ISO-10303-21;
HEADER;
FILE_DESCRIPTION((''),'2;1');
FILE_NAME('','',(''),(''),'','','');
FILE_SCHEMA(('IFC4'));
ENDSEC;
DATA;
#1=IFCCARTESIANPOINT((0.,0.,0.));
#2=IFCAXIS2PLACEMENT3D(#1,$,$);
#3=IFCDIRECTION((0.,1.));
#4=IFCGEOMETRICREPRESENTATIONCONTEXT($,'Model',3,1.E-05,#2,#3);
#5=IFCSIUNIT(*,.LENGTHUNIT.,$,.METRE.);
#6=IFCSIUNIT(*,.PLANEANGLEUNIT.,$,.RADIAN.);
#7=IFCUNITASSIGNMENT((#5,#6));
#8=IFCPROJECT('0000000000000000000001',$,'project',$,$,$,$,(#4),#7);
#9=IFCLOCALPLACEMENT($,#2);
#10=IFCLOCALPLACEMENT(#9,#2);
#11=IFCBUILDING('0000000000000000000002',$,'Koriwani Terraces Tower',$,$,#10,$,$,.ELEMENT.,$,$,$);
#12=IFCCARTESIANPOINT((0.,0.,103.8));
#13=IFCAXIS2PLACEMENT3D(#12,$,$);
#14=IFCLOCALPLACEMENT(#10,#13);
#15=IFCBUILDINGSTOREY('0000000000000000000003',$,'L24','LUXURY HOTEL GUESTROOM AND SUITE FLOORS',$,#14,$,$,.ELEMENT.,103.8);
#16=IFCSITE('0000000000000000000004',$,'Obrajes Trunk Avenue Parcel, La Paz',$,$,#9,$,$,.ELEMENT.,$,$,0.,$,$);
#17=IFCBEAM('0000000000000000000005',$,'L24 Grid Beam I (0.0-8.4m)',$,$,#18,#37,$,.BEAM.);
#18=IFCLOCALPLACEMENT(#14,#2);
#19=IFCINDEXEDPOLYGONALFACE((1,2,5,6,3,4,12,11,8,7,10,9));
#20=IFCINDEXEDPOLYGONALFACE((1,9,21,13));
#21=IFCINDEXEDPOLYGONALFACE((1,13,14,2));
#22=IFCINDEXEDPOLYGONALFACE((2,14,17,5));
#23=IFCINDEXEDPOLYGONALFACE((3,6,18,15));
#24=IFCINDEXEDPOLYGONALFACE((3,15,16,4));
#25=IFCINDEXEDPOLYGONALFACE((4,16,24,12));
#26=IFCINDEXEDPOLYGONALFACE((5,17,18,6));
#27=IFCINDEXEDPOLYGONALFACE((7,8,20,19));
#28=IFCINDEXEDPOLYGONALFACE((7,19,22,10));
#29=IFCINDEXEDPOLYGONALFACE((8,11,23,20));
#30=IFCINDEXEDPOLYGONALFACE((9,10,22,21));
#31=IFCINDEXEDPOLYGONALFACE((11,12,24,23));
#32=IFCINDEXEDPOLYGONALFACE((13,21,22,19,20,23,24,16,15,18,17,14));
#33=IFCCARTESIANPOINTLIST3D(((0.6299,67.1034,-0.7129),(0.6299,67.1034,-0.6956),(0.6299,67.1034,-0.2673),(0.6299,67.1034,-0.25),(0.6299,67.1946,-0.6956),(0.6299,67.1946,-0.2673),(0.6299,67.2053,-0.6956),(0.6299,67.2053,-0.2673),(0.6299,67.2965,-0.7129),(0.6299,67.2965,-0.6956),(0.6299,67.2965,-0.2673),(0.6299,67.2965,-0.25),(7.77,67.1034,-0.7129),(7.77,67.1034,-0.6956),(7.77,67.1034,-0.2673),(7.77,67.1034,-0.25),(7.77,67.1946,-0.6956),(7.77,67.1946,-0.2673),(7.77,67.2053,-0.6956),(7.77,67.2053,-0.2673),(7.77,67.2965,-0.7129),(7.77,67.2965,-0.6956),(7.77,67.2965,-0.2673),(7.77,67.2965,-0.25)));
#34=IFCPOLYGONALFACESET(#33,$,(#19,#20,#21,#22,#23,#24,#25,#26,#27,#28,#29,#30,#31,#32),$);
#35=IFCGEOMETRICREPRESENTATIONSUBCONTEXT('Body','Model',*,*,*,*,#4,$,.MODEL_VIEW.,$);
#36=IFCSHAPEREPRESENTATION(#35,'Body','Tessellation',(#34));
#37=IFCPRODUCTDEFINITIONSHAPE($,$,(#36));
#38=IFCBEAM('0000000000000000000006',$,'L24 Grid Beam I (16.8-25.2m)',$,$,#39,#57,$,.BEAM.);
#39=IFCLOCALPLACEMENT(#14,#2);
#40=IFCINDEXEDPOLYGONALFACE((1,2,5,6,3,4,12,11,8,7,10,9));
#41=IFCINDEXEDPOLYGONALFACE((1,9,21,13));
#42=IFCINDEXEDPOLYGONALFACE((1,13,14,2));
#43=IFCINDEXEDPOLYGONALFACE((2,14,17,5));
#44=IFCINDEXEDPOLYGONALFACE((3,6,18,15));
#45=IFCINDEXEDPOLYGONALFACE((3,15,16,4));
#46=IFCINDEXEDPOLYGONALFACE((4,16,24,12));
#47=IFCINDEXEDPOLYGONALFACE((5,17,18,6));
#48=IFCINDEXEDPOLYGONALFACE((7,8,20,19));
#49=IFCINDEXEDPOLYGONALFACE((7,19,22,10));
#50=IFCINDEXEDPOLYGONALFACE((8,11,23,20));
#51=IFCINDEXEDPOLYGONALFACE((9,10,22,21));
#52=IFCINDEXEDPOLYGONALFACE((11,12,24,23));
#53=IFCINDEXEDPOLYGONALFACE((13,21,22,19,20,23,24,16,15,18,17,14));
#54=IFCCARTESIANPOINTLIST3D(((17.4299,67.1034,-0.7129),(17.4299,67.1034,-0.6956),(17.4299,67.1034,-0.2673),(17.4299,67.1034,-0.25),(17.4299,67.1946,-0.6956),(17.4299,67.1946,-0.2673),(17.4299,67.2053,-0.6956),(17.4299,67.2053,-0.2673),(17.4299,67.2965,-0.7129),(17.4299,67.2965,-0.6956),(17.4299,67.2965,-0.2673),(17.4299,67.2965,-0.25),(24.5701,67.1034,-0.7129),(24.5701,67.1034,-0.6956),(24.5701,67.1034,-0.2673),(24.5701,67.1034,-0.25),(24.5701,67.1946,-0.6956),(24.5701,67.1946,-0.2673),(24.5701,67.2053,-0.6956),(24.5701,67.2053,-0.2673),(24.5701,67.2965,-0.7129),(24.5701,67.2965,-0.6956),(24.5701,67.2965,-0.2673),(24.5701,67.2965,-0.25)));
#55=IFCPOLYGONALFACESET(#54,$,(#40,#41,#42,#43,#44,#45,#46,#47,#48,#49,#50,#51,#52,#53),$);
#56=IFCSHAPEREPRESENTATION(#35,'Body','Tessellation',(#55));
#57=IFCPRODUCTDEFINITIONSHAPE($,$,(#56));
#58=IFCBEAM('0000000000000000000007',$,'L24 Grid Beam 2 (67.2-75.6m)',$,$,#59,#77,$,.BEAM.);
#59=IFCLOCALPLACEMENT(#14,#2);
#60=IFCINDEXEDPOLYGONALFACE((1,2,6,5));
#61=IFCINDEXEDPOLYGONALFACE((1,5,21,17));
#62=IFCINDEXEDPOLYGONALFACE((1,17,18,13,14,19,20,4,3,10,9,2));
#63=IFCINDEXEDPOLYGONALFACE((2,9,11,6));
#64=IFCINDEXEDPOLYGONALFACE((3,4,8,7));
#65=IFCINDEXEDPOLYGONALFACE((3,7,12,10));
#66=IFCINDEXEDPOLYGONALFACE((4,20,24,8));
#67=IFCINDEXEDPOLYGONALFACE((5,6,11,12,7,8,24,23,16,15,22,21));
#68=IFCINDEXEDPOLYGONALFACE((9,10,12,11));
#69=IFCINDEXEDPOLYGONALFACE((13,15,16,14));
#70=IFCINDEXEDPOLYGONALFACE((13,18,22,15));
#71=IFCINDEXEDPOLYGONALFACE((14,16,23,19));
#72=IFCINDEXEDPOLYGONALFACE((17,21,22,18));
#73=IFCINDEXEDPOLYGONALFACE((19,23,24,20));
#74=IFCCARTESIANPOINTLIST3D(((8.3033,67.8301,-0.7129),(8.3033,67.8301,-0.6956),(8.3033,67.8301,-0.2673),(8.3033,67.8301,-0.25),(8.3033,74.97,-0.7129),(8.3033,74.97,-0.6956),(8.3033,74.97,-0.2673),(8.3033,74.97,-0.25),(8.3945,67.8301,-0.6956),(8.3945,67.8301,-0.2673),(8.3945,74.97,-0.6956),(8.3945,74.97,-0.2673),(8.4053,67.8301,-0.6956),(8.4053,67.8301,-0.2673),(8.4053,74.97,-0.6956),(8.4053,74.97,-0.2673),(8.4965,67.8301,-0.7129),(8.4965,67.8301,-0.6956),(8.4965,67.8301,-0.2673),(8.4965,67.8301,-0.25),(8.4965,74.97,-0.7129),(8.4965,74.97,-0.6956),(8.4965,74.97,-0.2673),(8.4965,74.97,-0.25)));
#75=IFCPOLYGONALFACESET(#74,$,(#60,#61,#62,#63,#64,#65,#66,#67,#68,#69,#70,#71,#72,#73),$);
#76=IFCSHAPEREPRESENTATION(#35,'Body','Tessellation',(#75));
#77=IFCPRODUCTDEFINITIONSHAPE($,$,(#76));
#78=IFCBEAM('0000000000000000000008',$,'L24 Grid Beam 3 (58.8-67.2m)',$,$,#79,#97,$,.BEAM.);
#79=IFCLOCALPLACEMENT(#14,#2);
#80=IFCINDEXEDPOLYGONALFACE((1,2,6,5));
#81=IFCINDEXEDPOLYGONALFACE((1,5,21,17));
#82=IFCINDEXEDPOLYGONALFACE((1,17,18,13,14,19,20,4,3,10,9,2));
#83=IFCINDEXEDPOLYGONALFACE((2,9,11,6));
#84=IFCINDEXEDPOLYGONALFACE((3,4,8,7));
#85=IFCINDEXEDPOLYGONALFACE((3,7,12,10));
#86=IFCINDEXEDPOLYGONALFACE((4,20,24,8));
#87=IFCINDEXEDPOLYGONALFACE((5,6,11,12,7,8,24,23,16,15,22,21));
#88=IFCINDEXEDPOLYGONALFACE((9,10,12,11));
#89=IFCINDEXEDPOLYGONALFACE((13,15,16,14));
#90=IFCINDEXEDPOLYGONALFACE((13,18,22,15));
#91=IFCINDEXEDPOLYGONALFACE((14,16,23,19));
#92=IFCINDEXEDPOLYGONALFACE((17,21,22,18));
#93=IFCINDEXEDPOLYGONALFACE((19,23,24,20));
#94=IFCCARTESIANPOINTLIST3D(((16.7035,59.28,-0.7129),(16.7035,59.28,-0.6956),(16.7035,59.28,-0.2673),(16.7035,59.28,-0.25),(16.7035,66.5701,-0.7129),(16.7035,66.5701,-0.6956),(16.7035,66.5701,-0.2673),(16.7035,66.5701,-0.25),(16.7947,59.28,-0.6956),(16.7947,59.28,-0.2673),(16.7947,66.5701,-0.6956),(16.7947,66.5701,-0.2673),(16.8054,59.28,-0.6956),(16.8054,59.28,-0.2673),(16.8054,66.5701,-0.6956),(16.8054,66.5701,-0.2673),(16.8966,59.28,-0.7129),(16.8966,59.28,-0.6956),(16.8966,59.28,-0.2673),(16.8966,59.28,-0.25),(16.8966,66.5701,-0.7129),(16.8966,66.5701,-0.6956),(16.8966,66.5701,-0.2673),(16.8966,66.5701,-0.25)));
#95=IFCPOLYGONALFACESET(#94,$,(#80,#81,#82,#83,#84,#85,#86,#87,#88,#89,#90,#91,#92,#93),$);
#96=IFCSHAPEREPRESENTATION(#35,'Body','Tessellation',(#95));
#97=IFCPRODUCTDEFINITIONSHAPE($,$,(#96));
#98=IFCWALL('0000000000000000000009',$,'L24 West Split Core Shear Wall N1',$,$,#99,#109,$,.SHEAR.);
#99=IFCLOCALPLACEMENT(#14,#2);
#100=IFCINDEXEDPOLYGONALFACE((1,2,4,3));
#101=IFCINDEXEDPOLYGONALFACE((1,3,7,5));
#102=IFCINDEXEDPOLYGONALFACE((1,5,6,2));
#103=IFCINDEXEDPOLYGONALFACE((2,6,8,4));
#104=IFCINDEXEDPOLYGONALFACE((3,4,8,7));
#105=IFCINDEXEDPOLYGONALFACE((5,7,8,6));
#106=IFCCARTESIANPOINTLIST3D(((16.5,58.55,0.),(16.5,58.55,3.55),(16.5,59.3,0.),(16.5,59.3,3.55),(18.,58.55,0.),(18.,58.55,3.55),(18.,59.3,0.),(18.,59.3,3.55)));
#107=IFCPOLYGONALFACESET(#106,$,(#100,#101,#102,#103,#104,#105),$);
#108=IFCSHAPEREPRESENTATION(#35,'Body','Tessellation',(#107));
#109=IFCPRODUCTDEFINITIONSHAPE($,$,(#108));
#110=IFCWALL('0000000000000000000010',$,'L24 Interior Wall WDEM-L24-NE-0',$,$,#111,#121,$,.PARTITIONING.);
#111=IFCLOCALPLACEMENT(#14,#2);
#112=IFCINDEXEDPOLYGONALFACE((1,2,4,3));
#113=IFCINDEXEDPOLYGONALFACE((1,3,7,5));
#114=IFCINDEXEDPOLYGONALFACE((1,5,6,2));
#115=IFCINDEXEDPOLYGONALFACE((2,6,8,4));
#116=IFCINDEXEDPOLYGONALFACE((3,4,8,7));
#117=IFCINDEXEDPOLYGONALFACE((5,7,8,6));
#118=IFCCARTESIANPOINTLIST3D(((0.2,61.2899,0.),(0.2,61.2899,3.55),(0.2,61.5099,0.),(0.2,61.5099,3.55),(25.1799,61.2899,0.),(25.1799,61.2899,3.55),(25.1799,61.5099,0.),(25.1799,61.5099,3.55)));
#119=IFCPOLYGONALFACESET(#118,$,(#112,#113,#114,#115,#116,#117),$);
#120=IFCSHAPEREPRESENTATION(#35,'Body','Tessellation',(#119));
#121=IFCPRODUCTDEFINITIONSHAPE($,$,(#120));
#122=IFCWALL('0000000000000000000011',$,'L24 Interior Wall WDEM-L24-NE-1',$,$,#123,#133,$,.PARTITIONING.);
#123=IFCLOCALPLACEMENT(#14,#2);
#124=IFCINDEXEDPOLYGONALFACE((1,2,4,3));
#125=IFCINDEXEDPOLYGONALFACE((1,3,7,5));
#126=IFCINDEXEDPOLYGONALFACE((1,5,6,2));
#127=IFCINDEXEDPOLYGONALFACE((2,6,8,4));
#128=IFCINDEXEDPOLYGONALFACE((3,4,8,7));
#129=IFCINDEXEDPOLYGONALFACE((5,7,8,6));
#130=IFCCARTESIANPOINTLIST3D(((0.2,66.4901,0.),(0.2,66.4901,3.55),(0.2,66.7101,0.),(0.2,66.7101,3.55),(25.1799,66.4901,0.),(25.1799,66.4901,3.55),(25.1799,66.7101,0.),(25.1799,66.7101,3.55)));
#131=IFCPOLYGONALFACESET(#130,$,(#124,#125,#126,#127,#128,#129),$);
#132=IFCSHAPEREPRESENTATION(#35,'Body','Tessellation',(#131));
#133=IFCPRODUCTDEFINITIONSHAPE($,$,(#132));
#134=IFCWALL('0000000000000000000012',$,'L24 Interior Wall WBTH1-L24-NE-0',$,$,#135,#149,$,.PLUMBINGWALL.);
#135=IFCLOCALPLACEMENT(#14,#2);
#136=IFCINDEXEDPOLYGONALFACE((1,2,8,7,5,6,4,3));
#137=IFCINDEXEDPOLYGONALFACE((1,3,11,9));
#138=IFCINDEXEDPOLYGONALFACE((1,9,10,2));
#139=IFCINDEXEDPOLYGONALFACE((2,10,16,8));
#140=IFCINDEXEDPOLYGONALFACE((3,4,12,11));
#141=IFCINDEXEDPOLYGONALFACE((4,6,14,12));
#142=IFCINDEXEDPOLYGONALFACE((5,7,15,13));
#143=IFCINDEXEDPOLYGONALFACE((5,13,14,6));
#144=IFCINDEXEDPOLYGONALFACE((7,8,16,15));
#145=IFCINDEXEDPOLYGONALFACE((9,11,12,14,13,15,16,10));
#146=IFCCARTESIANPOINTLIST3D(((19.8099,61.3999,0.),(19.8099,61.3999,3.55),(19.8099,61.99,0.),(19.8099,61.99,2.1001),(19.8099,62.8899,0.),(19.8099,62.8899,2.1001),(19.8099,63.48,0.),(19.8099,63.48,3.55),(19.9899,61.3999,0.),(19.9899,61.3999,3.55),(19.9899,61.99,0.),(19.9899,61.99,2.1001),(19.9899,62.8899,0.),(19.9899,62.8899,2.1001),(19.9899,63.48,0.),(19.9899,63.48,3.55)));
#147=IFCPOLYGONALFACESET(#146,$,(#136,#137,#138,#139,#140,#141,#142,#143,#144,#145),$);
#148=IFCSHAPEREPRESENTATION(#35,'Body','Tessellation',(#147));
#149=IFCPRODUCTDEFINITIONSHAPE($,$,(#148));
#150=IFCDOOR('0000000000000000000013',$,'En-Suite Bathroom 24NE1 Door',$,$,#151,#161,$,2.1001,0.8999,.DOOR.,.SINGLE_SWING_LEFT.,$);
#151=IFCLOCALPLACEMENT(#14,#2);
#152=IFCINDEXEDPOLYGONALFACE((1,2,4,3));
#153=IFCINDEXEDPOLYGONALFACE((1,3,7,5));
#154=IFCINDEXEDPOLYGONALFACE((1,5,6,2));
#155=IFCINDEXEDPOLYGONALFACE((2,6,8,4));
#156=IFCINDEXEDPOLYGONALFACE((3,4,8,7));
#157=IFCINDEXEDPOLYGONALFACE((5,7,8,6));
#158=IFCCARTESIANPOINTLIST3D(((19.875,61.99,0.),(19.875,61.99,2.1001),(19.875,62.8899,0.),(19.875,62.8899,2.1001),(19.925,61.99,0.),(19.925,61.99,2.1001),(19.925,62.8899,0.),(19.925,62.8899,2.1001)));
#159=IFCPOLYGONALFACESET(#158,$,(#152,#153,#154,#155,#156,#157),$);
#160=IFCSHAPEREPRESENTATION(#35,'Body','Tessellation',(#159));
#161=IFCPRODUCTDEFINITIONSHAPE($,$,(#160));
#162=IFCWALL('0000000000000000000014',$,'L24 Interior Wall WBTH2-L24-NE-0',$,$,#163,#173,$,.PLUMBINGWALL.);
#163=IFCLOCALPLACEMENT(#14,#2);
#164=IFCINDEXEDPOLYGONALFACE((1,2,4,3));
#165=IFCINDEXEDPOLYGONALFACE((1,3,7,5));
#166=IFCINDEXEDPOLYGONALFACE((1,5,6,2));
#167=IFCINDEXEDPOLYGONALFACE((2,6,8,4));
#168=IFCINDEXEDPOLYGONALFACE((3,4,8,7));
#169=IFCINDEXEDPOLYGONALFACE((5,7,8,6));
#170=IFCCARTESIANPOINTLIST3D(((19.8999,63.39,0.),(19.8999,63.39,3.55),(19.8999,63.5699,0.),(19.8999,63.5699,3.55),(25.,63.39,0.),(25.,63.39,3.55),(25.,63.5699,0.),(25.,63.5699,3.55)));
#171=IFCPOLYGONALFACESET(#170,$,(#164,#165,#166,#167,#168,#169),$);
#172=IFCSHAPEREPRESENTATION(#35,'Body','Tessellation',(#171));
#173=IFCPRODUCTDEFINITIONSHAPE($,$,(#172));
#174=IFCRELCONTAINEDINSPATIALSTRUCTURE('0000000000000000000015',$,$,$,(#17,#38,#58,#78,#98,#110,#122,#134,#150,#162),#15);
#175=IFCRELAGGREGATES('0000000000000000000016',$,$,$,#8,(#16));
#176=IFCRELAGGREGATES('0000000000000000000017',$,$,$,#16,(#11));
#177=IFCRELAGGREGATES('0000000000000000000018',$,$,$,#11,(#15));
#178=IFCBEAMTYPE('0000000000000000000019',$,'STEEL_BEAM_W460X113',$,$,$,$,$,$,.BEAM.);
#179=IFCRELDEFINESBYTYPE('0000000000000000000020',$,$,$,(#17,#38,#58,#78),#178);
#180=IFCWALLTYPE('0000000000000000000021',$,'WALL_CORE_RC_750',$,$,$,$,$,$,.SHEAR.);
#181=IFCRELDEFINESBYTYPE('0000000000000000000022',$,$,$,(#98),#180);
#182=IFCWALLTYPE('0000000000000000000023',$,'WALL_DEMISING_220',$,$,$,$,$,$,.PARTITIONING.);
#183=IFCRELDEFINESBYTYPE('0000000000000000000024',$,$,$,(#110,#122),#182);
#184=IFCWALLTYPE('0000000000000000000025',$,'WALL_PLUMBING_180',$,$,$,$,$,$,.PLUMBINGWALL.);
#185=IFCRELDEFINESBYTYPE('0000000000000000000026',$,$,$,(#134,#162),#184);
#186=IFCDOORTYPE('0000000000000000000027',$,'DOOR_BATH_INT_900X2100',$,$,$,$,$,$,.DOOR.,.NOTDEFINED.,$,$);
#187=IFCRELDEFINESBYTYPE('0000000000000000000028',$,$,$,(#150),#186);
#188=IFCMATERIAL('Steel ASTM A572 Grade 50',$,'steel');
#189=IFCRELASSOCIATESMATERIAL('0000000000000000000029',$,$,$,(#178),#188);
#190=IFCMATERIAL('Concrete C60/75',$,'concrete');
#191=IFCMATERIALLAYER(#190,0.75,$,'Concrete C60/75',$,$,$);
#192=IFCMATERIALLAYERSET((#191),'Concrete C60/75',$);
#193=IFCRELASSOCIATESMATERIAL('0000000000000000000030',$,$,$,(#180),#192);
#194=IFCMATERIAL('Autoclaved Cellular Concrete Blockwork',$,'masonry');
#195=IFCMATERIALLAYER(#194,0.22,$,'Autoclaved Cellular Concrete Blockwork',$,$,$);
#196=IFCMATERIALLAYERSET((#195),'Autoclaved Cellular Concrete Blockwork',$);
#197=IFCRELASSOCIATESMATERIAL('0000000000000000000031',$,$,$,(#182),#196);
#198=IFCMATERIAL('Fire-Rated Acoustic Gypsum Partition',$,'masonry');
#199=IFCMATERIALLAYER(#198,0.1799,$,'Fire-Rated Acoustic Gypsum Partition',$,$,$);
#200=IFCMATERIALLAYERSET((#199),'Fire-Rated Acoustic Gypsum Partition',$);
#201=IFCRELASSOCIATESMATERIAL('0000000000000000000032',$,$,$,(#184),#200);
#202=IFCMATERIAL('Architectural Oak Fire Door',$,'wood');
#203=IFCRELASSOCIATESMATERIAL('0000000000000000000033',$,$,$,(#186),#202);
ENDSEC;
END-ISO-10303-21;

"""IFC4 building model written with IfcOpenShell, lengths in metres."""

from ifc_helpers import new_model, si_unit, direction, frame, frame_2d, origin, origin_2d, place, context, subcontext, project, spatial, rectangle, i_section, extrude, material, layer, layer_set, material_profile, profile_set, type_object, element, fill, save


model = new_model("IFC4")

# Units and contexts
model_context = context("Model", 3, precision=1e-05, world=origin(), true_north=direction((0.0, 1.0)))
body_context = subcontext(model_context, "Body", "Model", "MODEL_VIEW")
ifc_project = project(units=[si_unit("LENGTHUNIT", "METRE"), si_unit("PLANEANGLEUNIT", "RADIAN")], contexts=[model_context])

# Site, building, storey
site_placement = place(None, origin())
site = spatial("IfcSite", under=ifc_project, at=site_placement, Name="Obrajes Trunk Avenue Parcel, La Paz", CompositionType="ELEMENT", RefElevation=0.0)
building_placement = place(site_placement, origin())
building = spatial("IfcBuilding", under=site, at=building_placement, Name="Koriwani Terraces Tower", CompositionType="ELEMENT")
storey_placement = place(building_placement, frame((0.0, 0.0, 103.8)))
storey = spatial("IfcBuildingStorey", under=building, at=storey_placement, Name="L24", Description="LUXURY HOTEL GUESTROOM AND SUITE FLOORS", CompositionType="ELEMENT", Elevation=103.8)

# Shared definitions
ifc_material_1 = material(Name="Concrete C60/75", Category="concrete")

# Beams
ifc_material_2 = material(Name="Steel ASTM A572 Grade 50", Category="steel")
ifc_material_profile_1 = material_profile(ifc_material_2, i_section(OverallWidth=0.1931, OverallDepth=0.4629, WebThickness=0.0107, FlangeThickness=0.0173, at=origin_2d()), Name="Steel ASTM A572 Grade 50", Category="LoadBearing")
ifc_profile_set_1 = profile_set([ifc_material_profile_1], Name="Steel ASTM A572 Grade 50")
beam_type_1 = type_object("IfcBeamType", Name="STEEL_BEAM_W460X113", PredefinedType="BEAM", material=ifc_profile_set_1)
for number, where, z_axis, x_axis, name in (
    (1, (0.6299, 67.2, -0.4814), (1.0, 0.0, 0.0), (0.0, 1.0, 0.0), "L24 Grid Beam I (0.0-8.4m)"),
    (2, (17.4299, 67.2, -0.4814), (1.0, 0.0, 0.0), (0.0, 1.0, 0.0), "L24 Grid Beam I (16.8-25.2m)"),
):
    element("IfcBeam", number, at=place(storey_placement, frame(where, z_axis=z_axis, x_axis=x_axis)), inside=storey, type_object=beam_type_1, Name=name, PredefinedType="BEAM", context=body_context, shape_type="SweptSolid", body=[
        extrude(i_section(OverallWidth=0.1931, OverallDepth=0.4629, WebThickness=0.0107, FlangeThickness=0.0173, at=origin_2d()), origin(), (0.0, 0.0, 1.0), 7.1401),
    ])
beam_1_placement = place(storey_placement, frame((8.3999, 67.8301, -0.4814), z_axis=(0.0, 1.0, 0.0), x_axis=(-1.0, 0.0, 0.0)))
element("IfcBeam", 3, at=beam_1_placement, inside=storey, type_object=beam_type_1, Name="L24 Grid Beam 2 (67.2-75.6m)", PredefinedType="BEAM", context=body_context, shape_type="SweptSolid", body=[
    extrude(i_section(OverallWidth=0.1931, OverallDepth=0.4629, WebThickness=0.0107, FlangeThickness=0.0173, at=origin_2d()), origin(), (0.0, 0.0, 1.0), 7.1399),
])
beam_2_placement = place(storey_placement, frame((16.8, 59.28, -0.4814), z_axis=(0.0, 1.0, 0.0), x_axis=(-1.0, 0.0, 0.0)))
element("IfcBeam", 4, at=beam_2_placement, inside=storey, type_object=beam_type_1, Name="L24 Grid Beam 3 (58.8-67.2m)", PredefinedType="BEAM", context=body_context, shape_type="SweptSolid", body=[
    extrude(i_section(OverallWidth=0.1931, OverallDepth=0.4629, WebThickness=0.0107, FlangeThickness=0.0173, at=origin_2d()), origin(), (0.0, 0.0, 1.0), 7.29),
])

# Walls
ifc_layer_1 = layer(ifc_material_1, 0.75, Name="Concrete C60/75")
ifc_layer_set_1 = layer_set([ifc_layer_1], Name="Concrete C60/75")
wall_type_1 = type_object("IfcWallType", Name="WALL_CORE_RC_750", PredefinedType="SHEAR", material=ifc_layer_set_1)
wall_1_placement = place(storey_placement, frame((16.5, 58.925, 0.0), z_axis=(0.0, 0.0, 1.0), x_axis=(1.0, 0.0, 0.0)))
element("IfcWall", 5, at=wall_1_placement, inside=storey, type_object=wall_type_1, Name="L24 West Split Core Shear Wall N1", PredefinedType="SHEAR", context=body_context, shape_type="SweptSolid", body=[
    extrude(rectangle(XDim=1.5, YDim=0.75, at=frame_2d((0.75, 0.0))), origin(), (0.0, 0.0, 1.0), 3.55),
])
ifc_material_3 = material(Name="Autoclaved Cellular Concrete Blockwork", Category="masonry")
ifc_layer_2 = layer(ifc_material_3, 0.22, Name="Autoclaved Cellular Concrete Blockwork")
ifc_layer_set_2 = layer_set([ifc_layer_2], Name="Autoclaved Cellular Concrete Blockwork")
wall_type_2 = type_object("IfcWallType", Name="WALL_DEMISING_220", PredefinedType="PARTITIONING", material=ifc_layer_set_2)
for number, where, z_axis, x_axis, name in (
    (6, (0.2, 61.3999, 0.0), (0.0, 0.0, 1.0), (1.0, 0.0, 0.0), "L24 Interior Wall WDEM-L24-NE-0"),
    (7, (0.2, 66.6001, 0.0), (0.0, 0.0, 1.0), (1.0, 0.0, 0.0), "L24 Interior Wall WDEM-L24-NE-1"),
):
    element("IfcWall", number, at=place(storey_placement, frame(where, z_axis=z_axis, x_axis=x_axis)), inside=storey, type_object=wall_type_2, Name=name, PredefinedType="PARTITIONING", context=body_context, shape_type="SweptSolid", body=[
        extrude(rectangle(XDim=24.98, YDim=0.22, at=frame_2d((12.49, 0.0))), origin(), (0.0, 0.0, 1.0), 3.55),
    ])

# Wall, opening, door
ifc_material_4 = material(Name="Fire-Rated Acoustic Gypsum Partition", Category="masonry")
ifc_layer_3 = layer(ifc_material_4, 0.1799, Name="Fire-Rated Acoustic Gypsum Partition")
ifc_layer_set_3 = layer_set([ifc_layer_3], Name="Fire-Rated Acoustic Gypsum Partition")
wall_type_3 = type_object("IfcWallType", Name="WALL_PLUMBING_180", PredefinedType="PLUMBINGWALL", material=ifc_layer_set_3)
wall_2_placement = place(storey_placement, frame((19.8999, 61.3999, 0.0), z_axis=(0.0, 0.0, 1.0), x_axis=(0.0, 1.0, 0.0)))
wall_2 = element("IfcWall", 8, at=wall_2_placement, inside=storey, type_object=wall_type_3, Name="L24 Interior Wall WBTH1-L24-NE-0", PredefinedType="PLUMBINGWALL", context=body_context, shape_type="SweptSolid", body=[
    extrude(rectangle(XDim=2.0801, YDim=0.1799, at=frame_2d((1.04, 0.0))), origin(), (0.0, 0.0, 1.0), 3.55),
])
opening_1_placement = place(wall_2_placement, frame((0.5901, 0.0, 0.0)))
opening_1 = element("IfcOpeningElement", 9, at=opening_1_placement, cuts=wall_2, PredefinedType="OPENING", context=body_context, shape_type="SweptSolid", body=[
    extrude(rectangle(XDim=0.8999, YDim=2.1001, at=frame_2d((0.45, 1.05))), frame((0.0, 0.1001, 0.0), z_axis=(0.0, -1.0, 0.0), x_axis=(1.0, 0.0, 0.0)), (0.0, 0.0, 1.0), 0.2),
])
ifc_material_5 = material(Name="Architectural Oak Fire Door", Category="wood")
door_type_1 = type_object("IfcDoorType", Name="DOOR_BATH_INT_900X2100", OperationType="NOTDEFINED", PredefinedType="DOOR", material=ifc_material_5)
door_1_placement = place(opening_1_placement, origin())
door_1 = element("IfcDoor", 10, at=door_1_placement, inside=storey, type_object=door_type_1, Name="En-Suite Bathroom 24NE1 Door", OperationType="SINGLE_SWING_LEFT", OverallHeight=2.1001, OverallWidth=0.8999, PredefinedType="DOOR", context=body_context, shape_type="SweptSolid", body=[
    extrude(rectangle(XDim=0.8999, YDim=2.1001, at=frame_2d((0.45, 1.05))), frame((0.0, 0.0249, 0.0), z_axis=(0.0, -1.0, 0.0), x_axis=(1.0, 0.0, 0.0)), (0.0, 0.0, 1.0), 0.05),
])
fill(opening_1, door_1)

# Wall
wall_3_placement = place(storey_placement, frame((19.8999, 63.48, 0.0), z_axis=(0.0, 0.0, 1.0), x_axis=(1.0, 0.0, 0.0)))
element("IfcWall", 11, at=wall_3_placement, inside=storey, type_object=wall_type_3, Name="L24 Interior Wall WBTH2-L24-NE-0", PredefinedType="PLUMBINGWALL", context=body_context, shape_type="SweptSolid", body=[
    extrude(rectangle(XDim=5.1001, YDim=0.1799, at=frame_2d((2.55, 0.0))), origin(), (0.0, 0.0, 1.0), 3.55),
])

save(model, "model.ifc")
